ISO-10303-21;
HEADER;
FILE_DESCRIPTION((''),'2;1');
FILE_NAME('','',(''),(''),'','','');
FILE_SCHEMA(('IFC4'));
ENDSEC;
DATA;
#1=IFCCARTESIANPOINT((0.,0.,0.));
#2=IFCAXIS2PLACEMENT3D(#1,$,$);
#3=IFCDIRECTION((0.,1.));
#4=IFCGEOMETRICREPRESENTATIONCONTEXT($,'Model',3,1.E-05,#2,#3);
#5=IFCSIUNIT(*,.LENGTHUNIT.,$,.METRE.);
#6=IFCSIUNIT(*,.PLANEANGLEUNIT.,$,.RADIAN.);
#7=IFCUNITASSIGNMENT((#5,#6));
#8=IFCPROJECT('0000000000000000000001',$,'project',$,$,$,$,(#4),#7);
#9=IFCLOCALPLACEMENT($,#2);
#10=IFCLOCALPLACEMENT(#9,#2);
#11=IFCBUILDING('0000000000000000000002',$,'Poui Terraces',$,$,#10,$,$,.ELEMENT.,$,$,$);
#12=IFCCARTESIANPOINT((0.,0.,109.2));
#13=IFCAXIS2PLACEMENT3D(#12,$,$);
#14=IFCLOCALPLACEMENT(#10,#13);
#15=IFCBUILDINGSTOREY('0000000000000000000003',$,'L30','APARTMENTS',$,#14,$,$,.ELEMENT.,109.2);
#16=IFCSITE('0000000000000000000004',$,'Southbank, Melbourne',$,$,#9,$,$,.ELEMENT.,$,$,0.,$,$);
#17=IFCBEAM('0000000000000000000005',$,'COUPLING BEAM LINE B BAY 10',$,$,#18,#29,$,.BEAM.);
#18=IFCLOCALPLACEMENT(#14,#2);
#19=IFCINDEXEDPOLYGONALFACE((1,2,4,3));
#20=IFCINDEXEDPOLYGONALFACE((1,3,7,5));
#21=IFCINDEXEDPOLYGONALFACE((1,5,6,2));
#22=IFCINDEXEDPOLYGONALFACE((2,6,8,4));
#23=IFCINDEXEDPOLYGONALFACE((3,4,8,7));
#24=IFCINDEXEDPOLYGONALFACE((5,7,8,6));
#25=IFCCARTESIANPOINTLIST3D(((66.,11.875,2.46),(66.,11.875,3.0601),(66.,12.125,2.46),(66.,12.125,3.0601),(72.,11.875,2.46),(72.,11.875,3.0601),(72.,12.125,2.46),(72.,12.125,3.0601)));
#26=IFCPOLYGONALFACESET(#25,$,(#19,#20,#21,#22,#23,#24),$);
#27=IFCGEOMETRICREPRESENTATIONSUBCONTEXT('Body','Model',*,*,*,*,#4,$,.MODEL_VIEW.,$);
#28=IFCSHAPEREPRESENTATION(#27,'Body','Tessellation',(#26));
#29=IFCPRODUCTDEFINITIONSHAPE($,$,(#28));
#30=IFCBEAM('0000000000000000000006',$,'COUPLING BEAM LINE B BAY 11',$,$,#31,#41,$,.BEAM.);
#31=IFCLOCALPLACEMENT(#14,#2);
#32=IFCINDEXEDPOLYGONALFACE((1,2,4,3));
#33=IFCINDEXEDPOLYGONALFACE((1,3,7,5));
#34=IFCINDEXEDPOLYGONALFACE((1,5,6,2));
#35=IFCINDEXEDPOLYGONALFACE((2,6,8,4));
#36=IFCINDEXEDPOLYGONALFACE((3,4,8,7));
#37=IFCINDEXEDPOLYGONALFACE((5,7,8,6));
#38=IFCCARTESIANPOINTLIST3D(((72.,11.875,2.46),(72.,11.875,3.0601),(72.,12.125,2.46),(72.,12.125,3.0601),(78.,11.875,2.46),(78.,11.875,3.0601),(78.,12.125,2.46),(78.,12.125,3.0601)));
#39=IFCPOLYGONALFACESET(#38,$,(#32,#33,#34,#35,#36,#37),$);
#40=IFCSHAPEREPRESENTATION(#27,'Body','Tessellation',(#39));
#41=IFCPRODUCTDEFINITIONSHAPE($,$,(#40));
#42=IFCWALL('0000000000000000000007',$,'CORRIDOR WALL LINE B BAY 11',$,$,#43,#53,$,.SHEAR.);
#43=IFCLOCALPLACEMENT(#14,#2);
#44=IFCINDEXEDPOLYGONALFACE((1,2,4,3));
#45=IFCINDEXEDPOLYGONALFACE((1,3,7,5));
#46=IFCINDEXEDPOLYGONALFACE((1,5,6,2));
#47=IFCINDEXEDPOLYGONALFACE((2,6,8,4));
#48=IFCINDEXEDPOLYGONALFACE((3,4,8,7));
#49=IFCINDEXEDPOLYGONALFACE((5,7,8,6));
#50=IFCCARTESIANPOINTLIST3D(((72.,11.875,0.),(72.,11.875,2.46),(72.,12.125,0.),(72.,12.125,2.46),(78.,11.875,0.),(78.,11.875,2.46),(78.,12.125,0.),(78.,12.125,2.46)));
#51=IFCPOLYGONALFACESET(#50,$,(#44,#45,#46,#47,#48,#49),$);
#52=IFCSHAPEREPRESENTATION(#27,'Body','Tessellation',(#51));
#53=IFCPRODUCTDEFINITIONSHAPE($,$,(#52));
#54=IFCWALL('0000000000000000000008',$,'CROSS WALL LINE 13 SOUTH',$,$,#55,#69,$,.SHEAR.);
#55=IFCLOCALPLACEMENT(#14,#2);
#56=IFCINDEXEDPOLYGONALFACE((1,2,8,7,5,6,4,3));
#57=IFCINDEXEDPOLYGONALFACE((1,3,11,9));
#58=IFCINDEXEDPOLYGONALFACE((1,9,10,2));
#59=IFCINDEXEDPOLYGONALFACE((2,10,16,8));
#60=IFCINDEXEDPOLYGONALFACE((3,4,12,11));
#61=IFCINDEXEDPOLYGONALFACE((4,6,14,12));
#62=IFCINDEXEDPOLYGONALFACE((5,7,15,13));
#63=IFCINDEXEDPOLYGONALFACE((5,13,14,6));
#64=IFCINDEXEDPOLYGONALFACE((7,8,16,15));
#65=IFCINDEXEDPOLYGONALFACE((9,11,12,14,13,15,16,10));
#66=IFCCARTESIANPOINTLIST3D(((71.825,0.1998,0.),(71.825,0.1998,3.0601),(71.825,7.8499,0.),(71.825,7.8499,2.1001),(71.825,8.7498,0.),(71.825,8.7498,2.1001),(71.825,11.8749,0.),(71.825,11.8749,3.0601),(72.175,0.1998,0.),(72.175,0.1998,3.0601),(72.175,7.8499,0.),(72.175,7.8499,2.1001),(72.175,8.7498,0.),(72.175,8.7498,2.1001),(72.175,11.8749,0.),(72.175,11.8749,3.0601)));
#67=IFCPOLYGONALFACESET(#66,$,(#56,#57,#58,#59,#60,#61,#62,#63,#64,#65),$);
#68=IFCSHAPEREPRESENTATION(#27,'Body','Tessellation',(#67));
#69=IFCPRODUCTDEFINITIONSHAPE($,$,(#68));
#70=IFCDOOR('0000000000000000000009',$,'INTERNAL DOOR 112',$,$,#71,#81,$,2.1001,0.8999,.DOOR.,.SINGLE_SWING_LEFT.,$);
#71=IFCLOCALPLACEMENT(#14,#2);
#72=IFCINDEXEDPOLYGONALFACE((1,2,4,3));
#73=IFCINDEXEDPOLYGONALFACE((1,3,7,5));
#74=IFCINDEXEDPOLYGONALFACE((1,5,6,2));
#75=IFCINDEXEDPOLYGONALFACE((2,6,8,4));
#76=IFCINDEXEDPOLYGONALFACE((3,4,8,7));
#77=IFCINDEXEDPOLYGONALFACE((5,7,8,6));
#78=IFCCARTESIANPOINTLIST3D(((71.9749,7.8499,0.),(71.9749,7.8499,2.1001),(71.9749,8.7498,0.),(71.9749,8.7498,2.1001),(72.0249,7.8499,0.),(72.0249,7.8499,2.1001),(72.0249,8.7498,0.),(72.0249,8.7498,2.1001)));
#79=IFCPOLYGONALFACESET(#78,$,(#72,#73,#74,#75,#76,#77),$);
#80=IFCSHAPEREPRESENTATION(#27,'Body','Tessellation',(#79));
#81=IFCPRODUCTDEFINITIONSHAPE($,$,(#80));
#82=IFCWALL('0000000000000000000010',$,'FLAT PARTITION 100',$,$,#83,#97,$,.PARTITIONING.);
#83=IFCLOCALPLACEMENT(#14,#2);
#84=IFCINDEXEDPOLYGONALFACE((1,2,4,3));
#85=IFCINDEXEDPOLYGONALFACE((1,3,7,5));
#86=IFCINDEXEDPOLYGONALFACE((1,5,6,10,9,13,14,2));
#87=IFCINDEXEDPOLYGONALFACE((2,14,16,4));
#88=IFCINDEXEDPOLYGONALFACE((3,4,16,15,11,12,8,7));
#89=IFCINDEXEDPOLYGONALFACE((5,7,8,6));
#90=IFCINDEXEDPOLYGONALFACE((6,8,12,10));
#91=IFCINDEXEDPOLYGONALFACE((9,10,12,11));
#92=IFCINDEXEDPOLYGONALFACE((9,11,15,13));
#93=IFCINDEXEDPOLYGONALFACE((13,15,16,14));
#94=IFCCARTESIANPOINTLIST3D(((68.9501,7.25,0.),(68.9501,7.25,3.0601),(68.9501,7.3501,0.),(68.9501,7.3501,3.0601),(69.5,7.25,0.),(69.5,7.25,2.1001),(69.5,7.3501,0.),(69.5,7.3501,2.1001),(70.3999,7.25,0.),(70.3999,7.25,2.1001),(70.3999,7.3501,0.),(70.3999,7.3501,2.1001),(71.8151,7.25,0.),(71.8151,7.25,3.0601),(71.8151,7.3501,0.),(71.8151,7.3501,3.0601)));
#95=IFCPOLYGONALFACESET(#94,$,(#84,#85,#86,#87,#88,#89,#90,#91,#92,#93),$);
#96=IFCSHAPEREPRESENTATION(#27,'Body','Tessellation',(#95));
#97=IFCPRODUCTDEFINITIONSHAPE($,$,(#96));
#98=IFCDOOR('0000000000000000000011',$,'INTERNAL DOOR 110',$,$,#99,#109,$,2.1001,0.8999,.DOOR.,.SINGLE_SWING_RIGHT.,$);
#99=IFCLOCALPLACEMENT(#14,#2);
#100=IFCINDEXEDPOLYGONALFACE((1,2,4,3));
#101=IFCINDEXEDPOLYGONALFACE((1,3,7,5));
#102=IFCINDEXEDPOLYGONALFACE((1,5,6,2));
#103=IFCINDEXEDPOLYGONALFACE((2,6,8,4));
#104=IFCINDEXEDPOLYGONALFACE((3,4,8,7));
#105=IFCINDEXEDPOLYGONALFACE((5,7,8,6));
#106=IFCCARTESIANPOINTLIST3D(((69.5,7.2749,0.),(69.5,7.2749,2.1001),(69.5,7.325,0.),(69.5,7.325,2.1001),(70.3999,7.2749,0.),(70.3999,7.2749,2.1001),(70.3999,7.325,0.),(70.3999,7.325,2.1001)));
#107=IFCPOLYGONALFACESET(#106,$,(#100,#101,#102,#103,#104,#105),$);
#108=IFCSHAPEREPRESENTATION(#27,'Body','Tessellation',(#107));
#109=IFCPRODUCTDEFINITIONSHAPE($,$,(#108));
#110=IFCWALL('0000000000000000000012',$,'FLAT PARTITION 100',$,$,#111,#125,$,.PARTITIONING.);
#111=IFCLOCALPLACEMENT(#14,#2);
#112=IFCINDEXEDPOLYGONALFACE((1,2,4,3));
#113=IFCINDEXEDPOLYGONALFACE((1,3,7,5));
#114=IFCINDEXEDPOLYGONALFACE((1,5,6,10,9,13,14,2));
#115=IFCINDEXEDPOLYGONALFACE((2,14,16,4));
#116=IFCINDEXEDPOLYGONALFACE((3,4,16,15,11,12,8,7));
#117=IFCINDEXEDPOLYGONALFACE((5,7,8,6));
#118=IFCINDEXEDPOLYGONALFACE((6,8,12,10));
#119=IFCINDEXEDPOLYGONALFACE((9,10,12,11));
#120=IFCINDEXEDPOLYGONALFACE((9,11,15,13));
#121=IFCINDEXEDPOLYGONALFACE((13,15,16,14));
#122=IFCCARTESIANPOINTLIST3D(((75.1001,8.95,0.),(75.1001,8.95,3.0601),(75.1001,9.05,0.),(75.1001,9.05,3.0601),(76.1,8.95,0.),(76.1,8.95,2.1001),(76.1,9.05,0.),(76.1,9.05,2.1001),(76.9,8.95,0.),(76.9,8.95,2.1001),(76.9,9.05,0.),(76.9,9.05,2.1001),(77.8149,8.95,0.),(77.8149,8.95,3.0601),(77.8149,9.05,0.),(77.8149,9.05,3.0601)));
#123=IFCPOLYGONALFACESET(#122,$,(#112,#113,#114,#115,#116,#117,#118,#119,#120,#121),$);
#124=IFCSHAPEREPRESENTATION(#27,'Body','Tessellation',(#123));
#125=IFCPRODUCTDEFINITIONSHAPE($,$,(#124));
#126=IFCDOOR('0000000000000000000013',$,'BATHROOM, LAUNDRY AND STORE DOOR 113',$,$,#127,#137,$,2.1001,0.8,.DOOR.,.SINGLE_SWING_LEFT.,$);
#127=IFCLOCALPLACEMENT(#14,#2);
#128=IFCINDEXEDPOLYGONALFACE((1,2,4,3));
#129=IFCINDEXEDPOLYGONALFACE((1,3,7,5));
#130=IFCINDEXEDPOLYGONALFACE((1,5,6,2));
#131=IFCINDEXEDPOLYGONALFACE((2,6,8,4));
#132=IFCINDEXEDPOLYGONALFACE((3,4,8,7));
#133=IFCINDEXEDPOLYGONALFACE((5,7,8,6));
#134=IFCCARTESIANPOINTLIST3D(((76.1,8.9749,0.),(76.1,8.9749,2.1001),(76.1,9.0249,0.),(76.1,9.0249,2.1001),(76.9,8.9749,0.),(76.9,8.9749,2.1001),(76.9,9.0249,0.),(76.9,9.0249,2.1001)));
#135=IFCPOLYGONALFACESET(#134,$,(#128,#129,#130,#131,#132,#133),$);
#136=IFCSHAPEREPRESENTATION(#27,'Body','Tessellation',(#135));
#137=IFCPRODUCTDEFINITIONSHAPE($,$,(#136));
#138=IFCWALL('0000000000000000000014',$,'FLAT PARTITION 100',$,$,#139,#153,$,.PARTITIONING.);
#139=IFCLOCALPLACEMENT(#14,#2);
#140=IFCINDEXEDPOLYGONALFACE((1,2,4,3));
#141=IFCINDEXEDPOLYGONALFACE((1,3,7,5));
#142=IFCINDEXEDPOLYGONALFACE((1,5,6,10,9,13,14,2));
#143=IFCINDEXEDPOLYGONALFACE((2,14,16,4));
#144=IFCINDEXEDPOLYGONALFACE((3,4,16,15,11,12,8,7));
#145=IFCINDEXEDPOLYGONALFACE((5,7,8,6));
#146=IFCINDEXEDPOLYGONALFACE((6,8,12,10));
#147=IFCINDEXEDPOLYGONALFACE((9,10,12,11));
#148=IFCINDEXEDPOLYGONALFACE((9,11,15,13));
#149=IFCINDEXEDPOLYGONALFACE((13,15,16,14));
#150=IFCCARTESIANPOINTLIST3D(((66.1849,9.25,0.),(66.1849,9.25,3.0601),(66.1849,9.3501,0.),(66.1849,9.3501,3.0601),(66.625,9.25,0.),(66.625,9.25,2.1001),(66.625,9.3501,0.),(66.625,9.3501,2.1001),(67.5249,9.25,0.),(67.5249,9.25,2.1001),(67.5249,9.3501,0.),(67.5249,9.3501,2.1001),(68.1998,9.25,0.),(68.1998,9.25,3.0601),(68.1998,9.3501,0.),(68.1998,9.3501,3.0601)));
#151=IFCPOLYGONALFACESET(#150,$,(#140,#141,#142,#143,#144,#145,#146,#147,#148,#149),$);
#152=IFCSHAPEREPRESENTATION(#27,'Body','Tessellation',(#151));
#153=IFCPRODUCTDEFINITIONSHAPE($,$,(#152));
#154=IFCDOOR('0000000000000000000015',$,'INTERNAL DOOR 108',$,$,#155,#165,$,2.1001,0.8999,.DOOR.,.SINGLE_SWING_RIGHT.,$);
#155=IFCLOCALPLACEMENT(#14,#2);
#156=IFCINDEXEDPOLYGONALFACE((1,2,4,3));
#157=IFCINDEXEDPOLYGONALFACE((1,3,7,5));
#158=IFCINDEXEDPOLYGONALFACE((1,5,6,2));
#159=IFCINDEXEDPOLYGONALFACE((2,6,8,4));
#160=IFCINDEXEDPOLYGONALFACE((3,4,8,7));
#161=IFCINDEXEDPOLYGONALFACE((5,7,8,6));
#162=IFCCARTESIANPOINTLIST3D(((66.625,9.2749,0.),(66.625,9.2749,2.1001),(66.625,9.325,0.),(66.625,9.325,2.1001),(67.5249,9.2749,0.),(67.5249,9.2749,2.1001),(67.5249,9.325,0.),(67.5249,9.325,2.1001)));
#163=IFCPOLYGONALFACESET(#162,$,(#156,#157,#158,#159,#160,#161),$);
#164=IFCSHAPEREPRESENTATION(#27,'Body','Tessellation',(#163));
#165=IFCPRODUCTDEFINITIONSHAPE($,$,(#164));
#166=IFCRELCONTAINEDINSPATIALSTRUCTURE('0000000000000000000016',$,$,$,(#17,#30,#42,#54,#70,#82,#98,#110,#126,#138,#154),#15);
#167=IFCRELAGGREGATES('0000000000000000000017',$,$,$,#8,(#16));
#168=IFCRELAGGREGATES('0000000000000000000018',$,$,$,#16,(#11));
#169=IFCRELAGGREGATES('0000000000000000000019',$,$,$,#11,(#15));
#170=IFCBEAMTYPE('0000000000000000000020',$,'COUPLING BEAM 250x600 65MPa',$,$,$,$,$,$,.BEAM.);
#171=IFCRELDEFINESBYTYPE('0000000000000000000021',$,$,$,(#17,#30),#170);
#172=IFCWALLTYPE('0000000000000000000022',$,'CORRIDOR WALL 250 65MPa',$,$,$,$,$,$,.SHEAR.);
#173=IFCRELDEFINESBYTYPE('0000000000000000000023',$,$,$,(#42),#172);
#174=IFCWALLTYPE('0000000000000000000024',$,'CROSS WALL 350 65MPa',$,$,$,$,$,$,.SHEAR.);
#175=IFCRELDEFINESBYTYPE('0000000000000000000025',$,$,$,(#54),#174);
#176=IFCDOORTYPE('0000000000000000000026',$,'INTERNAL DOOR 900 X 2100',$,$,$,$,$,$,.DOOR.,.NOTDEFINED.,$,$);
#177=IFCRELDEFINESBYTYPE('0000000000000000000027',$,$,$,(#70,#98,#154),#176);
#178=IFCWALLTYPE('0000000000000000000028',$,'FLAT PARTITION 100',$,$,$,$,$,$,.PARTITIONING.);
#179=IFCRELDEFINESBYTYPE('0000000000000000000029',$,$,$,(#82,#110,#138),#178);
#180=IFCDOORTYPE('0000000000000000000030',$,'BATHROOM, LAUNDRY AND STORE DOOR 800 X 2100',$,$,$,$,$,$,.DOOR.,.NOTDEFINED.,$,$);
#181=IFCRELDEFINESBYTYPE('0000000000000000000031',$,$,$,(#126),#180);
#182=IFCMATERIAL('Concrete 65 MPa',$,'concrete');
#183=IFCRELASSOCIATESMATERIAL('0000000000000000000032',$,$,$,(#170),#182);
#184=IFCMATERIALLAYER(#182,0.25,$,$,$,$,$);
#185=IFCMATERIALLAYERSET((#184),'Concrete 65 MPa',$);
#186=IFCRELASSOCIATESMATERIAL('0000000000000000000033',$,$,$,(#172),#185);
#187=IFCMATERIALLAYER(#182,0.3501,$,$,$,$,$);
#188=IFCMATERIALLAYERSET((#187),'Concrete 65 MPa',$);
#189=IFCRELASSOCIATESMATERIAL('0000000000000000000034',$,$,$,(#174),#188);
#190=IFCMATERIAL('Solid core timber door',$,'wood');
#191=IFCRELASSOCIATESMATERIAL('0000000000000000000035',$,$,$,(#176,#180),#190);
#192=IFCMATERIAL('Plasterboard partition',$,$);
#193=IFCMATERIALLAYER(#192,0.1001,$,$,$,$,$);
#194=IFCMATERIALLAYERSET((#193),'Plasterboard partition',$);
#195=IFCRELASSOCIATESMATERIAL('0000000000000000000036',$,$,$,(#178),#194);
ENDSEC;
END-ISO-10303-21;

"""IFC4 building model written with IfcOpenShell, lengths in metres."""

from ifc_helpers import new_model, si_unit, direction, frame, frame_2d, origin, origin_2d, place, context, subcontext, project, spatial, rectangle, extrude, source, transform, mapped, material, layer, layer_set, material_profile, profile_set, type_object, element, fill, save


model = new_model("IFC4")

# Units and contexts
model_context = context("Model", 3, precision=1e-05, world=origin(), true_north=direction((0.0, 1.0)))
body_context = subcontext(model_context, "Body", "Model", "MODEL_VIEW")
ifc_project = project(units=[si_unit("LENGTHUNIT", "METRE"), si_unit("PLANEANGLEUNIT", "RADIAN")], contexts=[model_context])

# Site, building, storey
site_placement = place(None, origin())
site = spatial("IfcSite", under=ifc_project, at=site_placement, Name="Southbank, Melbourne", CompositionType="ELEMENT", RefElevation=0.0)
building_placement = place(site_placement, origin())
building = spatial("IfcBuilding", under=site, at=building_placement, Name="Poui Terraces", CompositionType="ELEMENT")
storey_placement = place(building_placement, frame((0.0, 0.0, 109.2)))
storey = spatial("IfcBuildingStorey", under=building, at=storey_placement, Name="L30", Description="APARTMENTS", CompositionType="ELEMENT", Elevation=109.2)

# Beams
ifc_material_1 = material(Name="Concrete 65 MPa", Category="concrete")
ifc_material_profile = material_profile(ifc_material_1, rectangle(XDim=0.25, YDim=0.6001, at=origin_2d()), Name="RC 250x600")
ifc_profile_set = profile_set([ifc_material_profile], Name="Concrete 65 MPa")
beam_type = type_object("IfcBeamType", Name="COUPLING BEAM 250x600 65MPa", PredefinedType="BEAM", material=ifc_profile_set)
shared_shape = source(origin(), body_context, "Body", "SweptSolid", [
    extrude(rectangle(XDim=0.25, YDim=0.6001, at=origin_2d()), origin(), (0.0, 0.0, 1.0), 6.0),
])
for number, where, z_axis, x_axis, name in (
    (1, (66.0, 12.0, 2.76), (1.0, 0.0, 0.0), (0.0, 1.0, 0.0), "COUPLING BEAM LINE B BAY 10"),
    (2, (72.0, 12.0, 2.76), (1.0, 0.0, 0.0), (0.0, 1.0, 0.0), "COUPLING BEAM LINE B BAY 11"),
):
    element("IfcBeam", number, at=place(storey_placement, frame(where, z_axis=z_axis, x_axis=x_axis)), inside=storey, type_object=beam_type, Name=name, PredefinedType="BEAM", context=body_context, shape_type="MappedRepresentation", body=[
        mapped(shared_shape, transform((0.0, 0.0, 0.0))),
    ])

# Wall
ifc_layer_1 = layer(ifc_material_1, 0.25)
ifc_layer_set_1 = layer_set([ifc_layer_1], Name="Concrete 65 MPa")
wall_type_1 = type_object("IfcWallType", Name="CORRIDOR WALL 250 65MPa", PredefinedType="SHEAR", material=ifc_layer_set_1)
wall_1_placement = place(storey_placement, frame((72.0, 12.0, 0.0), z_axis=(0.0, 0.0, 1.0), x_axis=(1.0, 0.0, 0.0)))
element("IfcWall", 3, at=wall_1_placement, inside=storey, type_object=wall_type_1, Name="CORRIDOR WALL LINE B BAY 11", PredefinedType="SHEAR", context=body_context, shape_type="SweptSolid", body=[
    extrude(rectangle(XDim=6.0, YDim=0.25, at=frame_2d((3.0, 0.0))), origin(), (0.0, 0.0, 1.0), 2.46),
])

# Walls, openings, doors
ifc_layer_2 = layer(ifc_material_1, 0.3501)
ifc_layer_set_2 = layer_set([ifc_layer_2], Name="Concrete 65 MPa")
wall_type_2 = type_object("IfcWallType", Name="CROSS WALL 350 65MPa", PredefinedType="SHEAR", material=ifc_layer_set_2)
wall_2_placement = place(storey_placement, frame((72.0, 0.2, 0.0), z_axis=(0.0, 0.0, 1.0), x_axis=(0.0, 1.0, 0.0)))
wall_2 = element("IfcWall", 4, at=wall_2_placement, inside=storey, type_object=wall_type_2, Name="CROSS WALL LINE 13 SOUTH", PredefinedType="SHEAR", context=body_context, shape_type="SweptSolid", body=[
    extrude(rectangle(XDim=11.675, YDim=0.3501, at=frame_2d((5.8374, 0.0))), origin(), (0.0, 0.0, 1.0), 3.0601),
])
opening_1_placement = place(wall_2_placement, frame((7.6499, 0.0, 0.0)))
opening_1 = element("IfcOpeningElement", 5, at=opening_1_placement, cuts=wall_2, PredefinedType="OPENING", context=body_context, shape_type="SweptSolid", body=[
    extrude(rectangle(XDim=0.8999, YDim=2.1001, at=frame_2d((0.45, 1.05))), frame((0.0, 0.1851, 0.0), z_axis=(0.0, -1.0, 0.0), x_axis=(1.0, 0.0, 0.0)), (0.0, 0.0, 1.0), 0.3701),
])
ifc_material_2 = material(Name="Solid core timber door", Category="wood")
door_type_1 = type_object("IfcDoorType", Name="INTERNAL DOOR 900 X 2100", OperationType="NOTDEFINED", PredefinedType="DOOR", material=ifc_material_2)
door_1_placement = place(opening_1_placement, frame((0.8999, 0.0, 0.0), z_axis=(0.0, 0.0, 1.0), x_axis=(-1.0, 0.0, 0.0)))
door_1 = element("IfcDoor", 6, at=door_1_placement, inside=storey, type_object=door_type_1, Name="INTERNAL DOOR 112", OperationType="SINGLE_SWING_LEFT", OverallHeight=2.1001, OverallWidth=0.8999, PredefinedType="DOOR", context=body_context, shape_type="SweptSolid", body=[
    extrude(rectangle(XDim=0.8999, YDim=2.1001, at=frame_2d((0.45, 1.05))), frame((0.0, 0.0249, 0.0), z_axis=(0.0, -1.0, 0.0), x_axis=(1.0, 0.0, 0.0)), (0.0, 0.0, 1.0), 0.05),
])
fill(opening_1, door_1)
ifc_material_3 = material(Name="Plasterboard partition")
ifc_layer_3 = layer(ifc_material_3, 0.1001)
ifc_layer_set_3 = layer_set([ifc_layer_3], Name="Plasterboard partition")
wall_type_3 = type_object("IfcWallType", Name="FLAT PARTITION 100", PredefinedType="PARTITIONING", material=ifc_layer_set_3)
wall_3_placement = place(storey_placement, frame((68.95, 7.3, 0.0), z_axis=(0.0, 0.0, 1.0), x_axis=(1.0, 0.0, 0.0)))
wall_3 = element("IfcWall", 7, at=wall_3_placement, inside=storey, type_object=wall_type_3, Name="FLAT PARTITION 100", PredefinedType="PARTITIONING", context=body_context, shape_type="SweptSolid", body=[
    extrude(rectangle(XDim=2.865, YDim=0.1001, at=frame_2d((1.4326, 0.0))), origin(), (0.0, 0.0, 1.0), 3.0601),
])
opening_2_placement = place(wall_3_placement, frame((0.55, 0.0, 0.0)))
opening_2 = element("IfcOpeningElement", 8, at=opening_2_placement, cuts=wall_3, PredefinedType="OPENING", context=body_context, shape_type="SweptSolid", body=[
    extrude(rectangle(XDim=0.8999, YDim=2.1001, at=frame_2d((0.45, 1.05))), frame((0.0, 0.0601, 0.0), z_axis=(0.0, -1.0, 0.0), x_axis=(1.0, 0.0, 0.0)), (0.0, 0.0, 1.0), 0.1201),
])
door_2_placement = place(opening_2_placement, origin())
door_2 = element("IfcDoor", 9, at=door_2_placement, inside=storey, type_object=door_type_1, Name="INTERNAL DOOR 110", OperationType="SINGLE_SWING_RIGHT", OverallHeight=2.1001, OverallWidth=0.8999, PredefinedType="DOOR", context=body_context, shape_type="SweptSolid", body=[
    extrude(rectangle(XDim=0.8999, YDim=2.1001, at=frame_2d((0.45, 1.05))), frame((0.0, 0.0249, 0.0), z_axis=(0.0, -1.0, 0.0), x_axis=(1.0, 0.0, 0.0)), (0.0, 0.0, 1.0), 0.05),
])
fill(opening_2, door_2)
wall_4_placement = place(storey_placement, frame((75.1001, 9.0, 0.0), z_axis=(0.0, 0.0, 1.0), x_axis=(1.0, 0.0, 0.0)))
wall_4 = element("IfcWall", 10, at=wall_4_placement, inside=storey, type_object=wall_type_3, Name="FLAT PARTITION 100", PredefinedType="PARTITIONING", context=body_context, shape_type="SweptSolid", body=[
    extrude(rectangle(XDim=2.7148, YDim=0.1001, at=frame_2d((1.3574, 0.0))), origin(), (0.0, 0.0, 1.0), 3.0601),
])
opening_3_placement = place(wall_4_placement, frame((1.0, 0.0, 0.0)))
opening_3 = element("IfcOpeningElement", 11, at=opening_3_placement, cuts=wall_4, PredefinedType="OPENING", context=body_context, shape_type="SweptSolid", body=[
    extrude(rectangle(XDim=0.8, YDim=2.1001, at=frame_2d((0.3999, 1.05))), frame((0.0, 0.0601, 0.0), z_axis=(0.0, -1.0, 0.0), x_axis=(1.0, 0.0, 0.0)), (0.0, 0.0, 1.0), 0.1201),
])
door_type_2 = type_object("IfcDoorType", Name="BATHROOM, LAUNDRY AND STORE DOOR 800 X 2100", OperationType="NOTDEFINED", PredefinedType="DOOR", material=ifc_material_2)
door_3_placement = place(opening_3_placement, origin())
door_3 = element("IfcDoor", 12, at=door_3_placement, inside=storey, type_object=door_type_2, Name="BATHROOM, LAUNDRY AND STORE DOOR 113", OperationType="SINGLE_SWING_LEFT", OverallHeight=2.1001, OverallWidth=0.8, PredefinedType="DOOR", context=body_context, shape_type="SweptSolid", body=[
    extrude(rectangle(XDim=0.8, YDim=2.1001, at=frame_2d((0.3999, 1.05))), frame((0.0, 0.0249, 0.0), z_axis=(0.0, -1.0, 0.0), x_axis=(1.0, 0.0, 0.0)), (0.0, 0.0, 1.0), 0.05),
])
fill(opening_3, door_3)
wall_5_placement = place(storey_placement, frame((66.1851, 9.3, 0.0), z_axis=(0.0, 0.0, 1.0), x_axis=(1.0, 0.0, 0.0)))
wall_5 = element("IfcWall", 13, at=wall_5_placement, inside=storey, type_object=wall_type_3, Name="FLAT PARTITION 100", PredefinedType="PARTITIONING", context=body_context, shape_type="SweptSolid", body=[
    extrude(rectangle(XDim=2.0149, YDim=0.1001, at=frame_2d((1.0073, 0.0))), origin(), (0.0, 0.0, 1.0), 3.0601),
])
opening_4_placement = place(wall_5_placement, frame((0.4399, 0.0, 0.0)))
opening_4 = element("IfcOpeningElement", 14, at=opening_4_placement, cuts=wall_5, PredefinedType="OPENING", context=body_context, shape_type="SweptSolid", body=[
    extrude(rectangle(XDim=0.8999, YDim=2.1001, at=frame_2d((0.45, 1.05))), frame((0.0, 0.0601, 0.0), z_axis=(0.0, -1.0, 0.0), x_axis=(1.0, 0.0, 0.0)), (0.0, 0.0, 1.0), 0.1201),
])
door_4_placement = place(opening_4_placement, origin())
door_4 = element("IfcDoor", 15, at=door_4_placement, inside=storey, type_object=door_type_1, Name="INTERNAL DOOR 108", OperationType="SINGLE_SWING_RIGHT", OverallHeight=2.1001, OverallWidth=0.8999, PredefinedType="DOOR", context=body_context, shape_type="SweptSolid", body=[
    extrude(rectangle(XDim=0.8999, YDim=2.1001, at=frame_2d((0.45, 1.05))), frame((0.0, 0.0249, 0.0), z_axis=(0.0, -1.0, 0.0), x_axis=(1.0, 0.0, 0.0)), (0.0, 0.0, 1.0), 0.05),
])
fill(opening_4, door_4)

save(model, "model.ifc")
